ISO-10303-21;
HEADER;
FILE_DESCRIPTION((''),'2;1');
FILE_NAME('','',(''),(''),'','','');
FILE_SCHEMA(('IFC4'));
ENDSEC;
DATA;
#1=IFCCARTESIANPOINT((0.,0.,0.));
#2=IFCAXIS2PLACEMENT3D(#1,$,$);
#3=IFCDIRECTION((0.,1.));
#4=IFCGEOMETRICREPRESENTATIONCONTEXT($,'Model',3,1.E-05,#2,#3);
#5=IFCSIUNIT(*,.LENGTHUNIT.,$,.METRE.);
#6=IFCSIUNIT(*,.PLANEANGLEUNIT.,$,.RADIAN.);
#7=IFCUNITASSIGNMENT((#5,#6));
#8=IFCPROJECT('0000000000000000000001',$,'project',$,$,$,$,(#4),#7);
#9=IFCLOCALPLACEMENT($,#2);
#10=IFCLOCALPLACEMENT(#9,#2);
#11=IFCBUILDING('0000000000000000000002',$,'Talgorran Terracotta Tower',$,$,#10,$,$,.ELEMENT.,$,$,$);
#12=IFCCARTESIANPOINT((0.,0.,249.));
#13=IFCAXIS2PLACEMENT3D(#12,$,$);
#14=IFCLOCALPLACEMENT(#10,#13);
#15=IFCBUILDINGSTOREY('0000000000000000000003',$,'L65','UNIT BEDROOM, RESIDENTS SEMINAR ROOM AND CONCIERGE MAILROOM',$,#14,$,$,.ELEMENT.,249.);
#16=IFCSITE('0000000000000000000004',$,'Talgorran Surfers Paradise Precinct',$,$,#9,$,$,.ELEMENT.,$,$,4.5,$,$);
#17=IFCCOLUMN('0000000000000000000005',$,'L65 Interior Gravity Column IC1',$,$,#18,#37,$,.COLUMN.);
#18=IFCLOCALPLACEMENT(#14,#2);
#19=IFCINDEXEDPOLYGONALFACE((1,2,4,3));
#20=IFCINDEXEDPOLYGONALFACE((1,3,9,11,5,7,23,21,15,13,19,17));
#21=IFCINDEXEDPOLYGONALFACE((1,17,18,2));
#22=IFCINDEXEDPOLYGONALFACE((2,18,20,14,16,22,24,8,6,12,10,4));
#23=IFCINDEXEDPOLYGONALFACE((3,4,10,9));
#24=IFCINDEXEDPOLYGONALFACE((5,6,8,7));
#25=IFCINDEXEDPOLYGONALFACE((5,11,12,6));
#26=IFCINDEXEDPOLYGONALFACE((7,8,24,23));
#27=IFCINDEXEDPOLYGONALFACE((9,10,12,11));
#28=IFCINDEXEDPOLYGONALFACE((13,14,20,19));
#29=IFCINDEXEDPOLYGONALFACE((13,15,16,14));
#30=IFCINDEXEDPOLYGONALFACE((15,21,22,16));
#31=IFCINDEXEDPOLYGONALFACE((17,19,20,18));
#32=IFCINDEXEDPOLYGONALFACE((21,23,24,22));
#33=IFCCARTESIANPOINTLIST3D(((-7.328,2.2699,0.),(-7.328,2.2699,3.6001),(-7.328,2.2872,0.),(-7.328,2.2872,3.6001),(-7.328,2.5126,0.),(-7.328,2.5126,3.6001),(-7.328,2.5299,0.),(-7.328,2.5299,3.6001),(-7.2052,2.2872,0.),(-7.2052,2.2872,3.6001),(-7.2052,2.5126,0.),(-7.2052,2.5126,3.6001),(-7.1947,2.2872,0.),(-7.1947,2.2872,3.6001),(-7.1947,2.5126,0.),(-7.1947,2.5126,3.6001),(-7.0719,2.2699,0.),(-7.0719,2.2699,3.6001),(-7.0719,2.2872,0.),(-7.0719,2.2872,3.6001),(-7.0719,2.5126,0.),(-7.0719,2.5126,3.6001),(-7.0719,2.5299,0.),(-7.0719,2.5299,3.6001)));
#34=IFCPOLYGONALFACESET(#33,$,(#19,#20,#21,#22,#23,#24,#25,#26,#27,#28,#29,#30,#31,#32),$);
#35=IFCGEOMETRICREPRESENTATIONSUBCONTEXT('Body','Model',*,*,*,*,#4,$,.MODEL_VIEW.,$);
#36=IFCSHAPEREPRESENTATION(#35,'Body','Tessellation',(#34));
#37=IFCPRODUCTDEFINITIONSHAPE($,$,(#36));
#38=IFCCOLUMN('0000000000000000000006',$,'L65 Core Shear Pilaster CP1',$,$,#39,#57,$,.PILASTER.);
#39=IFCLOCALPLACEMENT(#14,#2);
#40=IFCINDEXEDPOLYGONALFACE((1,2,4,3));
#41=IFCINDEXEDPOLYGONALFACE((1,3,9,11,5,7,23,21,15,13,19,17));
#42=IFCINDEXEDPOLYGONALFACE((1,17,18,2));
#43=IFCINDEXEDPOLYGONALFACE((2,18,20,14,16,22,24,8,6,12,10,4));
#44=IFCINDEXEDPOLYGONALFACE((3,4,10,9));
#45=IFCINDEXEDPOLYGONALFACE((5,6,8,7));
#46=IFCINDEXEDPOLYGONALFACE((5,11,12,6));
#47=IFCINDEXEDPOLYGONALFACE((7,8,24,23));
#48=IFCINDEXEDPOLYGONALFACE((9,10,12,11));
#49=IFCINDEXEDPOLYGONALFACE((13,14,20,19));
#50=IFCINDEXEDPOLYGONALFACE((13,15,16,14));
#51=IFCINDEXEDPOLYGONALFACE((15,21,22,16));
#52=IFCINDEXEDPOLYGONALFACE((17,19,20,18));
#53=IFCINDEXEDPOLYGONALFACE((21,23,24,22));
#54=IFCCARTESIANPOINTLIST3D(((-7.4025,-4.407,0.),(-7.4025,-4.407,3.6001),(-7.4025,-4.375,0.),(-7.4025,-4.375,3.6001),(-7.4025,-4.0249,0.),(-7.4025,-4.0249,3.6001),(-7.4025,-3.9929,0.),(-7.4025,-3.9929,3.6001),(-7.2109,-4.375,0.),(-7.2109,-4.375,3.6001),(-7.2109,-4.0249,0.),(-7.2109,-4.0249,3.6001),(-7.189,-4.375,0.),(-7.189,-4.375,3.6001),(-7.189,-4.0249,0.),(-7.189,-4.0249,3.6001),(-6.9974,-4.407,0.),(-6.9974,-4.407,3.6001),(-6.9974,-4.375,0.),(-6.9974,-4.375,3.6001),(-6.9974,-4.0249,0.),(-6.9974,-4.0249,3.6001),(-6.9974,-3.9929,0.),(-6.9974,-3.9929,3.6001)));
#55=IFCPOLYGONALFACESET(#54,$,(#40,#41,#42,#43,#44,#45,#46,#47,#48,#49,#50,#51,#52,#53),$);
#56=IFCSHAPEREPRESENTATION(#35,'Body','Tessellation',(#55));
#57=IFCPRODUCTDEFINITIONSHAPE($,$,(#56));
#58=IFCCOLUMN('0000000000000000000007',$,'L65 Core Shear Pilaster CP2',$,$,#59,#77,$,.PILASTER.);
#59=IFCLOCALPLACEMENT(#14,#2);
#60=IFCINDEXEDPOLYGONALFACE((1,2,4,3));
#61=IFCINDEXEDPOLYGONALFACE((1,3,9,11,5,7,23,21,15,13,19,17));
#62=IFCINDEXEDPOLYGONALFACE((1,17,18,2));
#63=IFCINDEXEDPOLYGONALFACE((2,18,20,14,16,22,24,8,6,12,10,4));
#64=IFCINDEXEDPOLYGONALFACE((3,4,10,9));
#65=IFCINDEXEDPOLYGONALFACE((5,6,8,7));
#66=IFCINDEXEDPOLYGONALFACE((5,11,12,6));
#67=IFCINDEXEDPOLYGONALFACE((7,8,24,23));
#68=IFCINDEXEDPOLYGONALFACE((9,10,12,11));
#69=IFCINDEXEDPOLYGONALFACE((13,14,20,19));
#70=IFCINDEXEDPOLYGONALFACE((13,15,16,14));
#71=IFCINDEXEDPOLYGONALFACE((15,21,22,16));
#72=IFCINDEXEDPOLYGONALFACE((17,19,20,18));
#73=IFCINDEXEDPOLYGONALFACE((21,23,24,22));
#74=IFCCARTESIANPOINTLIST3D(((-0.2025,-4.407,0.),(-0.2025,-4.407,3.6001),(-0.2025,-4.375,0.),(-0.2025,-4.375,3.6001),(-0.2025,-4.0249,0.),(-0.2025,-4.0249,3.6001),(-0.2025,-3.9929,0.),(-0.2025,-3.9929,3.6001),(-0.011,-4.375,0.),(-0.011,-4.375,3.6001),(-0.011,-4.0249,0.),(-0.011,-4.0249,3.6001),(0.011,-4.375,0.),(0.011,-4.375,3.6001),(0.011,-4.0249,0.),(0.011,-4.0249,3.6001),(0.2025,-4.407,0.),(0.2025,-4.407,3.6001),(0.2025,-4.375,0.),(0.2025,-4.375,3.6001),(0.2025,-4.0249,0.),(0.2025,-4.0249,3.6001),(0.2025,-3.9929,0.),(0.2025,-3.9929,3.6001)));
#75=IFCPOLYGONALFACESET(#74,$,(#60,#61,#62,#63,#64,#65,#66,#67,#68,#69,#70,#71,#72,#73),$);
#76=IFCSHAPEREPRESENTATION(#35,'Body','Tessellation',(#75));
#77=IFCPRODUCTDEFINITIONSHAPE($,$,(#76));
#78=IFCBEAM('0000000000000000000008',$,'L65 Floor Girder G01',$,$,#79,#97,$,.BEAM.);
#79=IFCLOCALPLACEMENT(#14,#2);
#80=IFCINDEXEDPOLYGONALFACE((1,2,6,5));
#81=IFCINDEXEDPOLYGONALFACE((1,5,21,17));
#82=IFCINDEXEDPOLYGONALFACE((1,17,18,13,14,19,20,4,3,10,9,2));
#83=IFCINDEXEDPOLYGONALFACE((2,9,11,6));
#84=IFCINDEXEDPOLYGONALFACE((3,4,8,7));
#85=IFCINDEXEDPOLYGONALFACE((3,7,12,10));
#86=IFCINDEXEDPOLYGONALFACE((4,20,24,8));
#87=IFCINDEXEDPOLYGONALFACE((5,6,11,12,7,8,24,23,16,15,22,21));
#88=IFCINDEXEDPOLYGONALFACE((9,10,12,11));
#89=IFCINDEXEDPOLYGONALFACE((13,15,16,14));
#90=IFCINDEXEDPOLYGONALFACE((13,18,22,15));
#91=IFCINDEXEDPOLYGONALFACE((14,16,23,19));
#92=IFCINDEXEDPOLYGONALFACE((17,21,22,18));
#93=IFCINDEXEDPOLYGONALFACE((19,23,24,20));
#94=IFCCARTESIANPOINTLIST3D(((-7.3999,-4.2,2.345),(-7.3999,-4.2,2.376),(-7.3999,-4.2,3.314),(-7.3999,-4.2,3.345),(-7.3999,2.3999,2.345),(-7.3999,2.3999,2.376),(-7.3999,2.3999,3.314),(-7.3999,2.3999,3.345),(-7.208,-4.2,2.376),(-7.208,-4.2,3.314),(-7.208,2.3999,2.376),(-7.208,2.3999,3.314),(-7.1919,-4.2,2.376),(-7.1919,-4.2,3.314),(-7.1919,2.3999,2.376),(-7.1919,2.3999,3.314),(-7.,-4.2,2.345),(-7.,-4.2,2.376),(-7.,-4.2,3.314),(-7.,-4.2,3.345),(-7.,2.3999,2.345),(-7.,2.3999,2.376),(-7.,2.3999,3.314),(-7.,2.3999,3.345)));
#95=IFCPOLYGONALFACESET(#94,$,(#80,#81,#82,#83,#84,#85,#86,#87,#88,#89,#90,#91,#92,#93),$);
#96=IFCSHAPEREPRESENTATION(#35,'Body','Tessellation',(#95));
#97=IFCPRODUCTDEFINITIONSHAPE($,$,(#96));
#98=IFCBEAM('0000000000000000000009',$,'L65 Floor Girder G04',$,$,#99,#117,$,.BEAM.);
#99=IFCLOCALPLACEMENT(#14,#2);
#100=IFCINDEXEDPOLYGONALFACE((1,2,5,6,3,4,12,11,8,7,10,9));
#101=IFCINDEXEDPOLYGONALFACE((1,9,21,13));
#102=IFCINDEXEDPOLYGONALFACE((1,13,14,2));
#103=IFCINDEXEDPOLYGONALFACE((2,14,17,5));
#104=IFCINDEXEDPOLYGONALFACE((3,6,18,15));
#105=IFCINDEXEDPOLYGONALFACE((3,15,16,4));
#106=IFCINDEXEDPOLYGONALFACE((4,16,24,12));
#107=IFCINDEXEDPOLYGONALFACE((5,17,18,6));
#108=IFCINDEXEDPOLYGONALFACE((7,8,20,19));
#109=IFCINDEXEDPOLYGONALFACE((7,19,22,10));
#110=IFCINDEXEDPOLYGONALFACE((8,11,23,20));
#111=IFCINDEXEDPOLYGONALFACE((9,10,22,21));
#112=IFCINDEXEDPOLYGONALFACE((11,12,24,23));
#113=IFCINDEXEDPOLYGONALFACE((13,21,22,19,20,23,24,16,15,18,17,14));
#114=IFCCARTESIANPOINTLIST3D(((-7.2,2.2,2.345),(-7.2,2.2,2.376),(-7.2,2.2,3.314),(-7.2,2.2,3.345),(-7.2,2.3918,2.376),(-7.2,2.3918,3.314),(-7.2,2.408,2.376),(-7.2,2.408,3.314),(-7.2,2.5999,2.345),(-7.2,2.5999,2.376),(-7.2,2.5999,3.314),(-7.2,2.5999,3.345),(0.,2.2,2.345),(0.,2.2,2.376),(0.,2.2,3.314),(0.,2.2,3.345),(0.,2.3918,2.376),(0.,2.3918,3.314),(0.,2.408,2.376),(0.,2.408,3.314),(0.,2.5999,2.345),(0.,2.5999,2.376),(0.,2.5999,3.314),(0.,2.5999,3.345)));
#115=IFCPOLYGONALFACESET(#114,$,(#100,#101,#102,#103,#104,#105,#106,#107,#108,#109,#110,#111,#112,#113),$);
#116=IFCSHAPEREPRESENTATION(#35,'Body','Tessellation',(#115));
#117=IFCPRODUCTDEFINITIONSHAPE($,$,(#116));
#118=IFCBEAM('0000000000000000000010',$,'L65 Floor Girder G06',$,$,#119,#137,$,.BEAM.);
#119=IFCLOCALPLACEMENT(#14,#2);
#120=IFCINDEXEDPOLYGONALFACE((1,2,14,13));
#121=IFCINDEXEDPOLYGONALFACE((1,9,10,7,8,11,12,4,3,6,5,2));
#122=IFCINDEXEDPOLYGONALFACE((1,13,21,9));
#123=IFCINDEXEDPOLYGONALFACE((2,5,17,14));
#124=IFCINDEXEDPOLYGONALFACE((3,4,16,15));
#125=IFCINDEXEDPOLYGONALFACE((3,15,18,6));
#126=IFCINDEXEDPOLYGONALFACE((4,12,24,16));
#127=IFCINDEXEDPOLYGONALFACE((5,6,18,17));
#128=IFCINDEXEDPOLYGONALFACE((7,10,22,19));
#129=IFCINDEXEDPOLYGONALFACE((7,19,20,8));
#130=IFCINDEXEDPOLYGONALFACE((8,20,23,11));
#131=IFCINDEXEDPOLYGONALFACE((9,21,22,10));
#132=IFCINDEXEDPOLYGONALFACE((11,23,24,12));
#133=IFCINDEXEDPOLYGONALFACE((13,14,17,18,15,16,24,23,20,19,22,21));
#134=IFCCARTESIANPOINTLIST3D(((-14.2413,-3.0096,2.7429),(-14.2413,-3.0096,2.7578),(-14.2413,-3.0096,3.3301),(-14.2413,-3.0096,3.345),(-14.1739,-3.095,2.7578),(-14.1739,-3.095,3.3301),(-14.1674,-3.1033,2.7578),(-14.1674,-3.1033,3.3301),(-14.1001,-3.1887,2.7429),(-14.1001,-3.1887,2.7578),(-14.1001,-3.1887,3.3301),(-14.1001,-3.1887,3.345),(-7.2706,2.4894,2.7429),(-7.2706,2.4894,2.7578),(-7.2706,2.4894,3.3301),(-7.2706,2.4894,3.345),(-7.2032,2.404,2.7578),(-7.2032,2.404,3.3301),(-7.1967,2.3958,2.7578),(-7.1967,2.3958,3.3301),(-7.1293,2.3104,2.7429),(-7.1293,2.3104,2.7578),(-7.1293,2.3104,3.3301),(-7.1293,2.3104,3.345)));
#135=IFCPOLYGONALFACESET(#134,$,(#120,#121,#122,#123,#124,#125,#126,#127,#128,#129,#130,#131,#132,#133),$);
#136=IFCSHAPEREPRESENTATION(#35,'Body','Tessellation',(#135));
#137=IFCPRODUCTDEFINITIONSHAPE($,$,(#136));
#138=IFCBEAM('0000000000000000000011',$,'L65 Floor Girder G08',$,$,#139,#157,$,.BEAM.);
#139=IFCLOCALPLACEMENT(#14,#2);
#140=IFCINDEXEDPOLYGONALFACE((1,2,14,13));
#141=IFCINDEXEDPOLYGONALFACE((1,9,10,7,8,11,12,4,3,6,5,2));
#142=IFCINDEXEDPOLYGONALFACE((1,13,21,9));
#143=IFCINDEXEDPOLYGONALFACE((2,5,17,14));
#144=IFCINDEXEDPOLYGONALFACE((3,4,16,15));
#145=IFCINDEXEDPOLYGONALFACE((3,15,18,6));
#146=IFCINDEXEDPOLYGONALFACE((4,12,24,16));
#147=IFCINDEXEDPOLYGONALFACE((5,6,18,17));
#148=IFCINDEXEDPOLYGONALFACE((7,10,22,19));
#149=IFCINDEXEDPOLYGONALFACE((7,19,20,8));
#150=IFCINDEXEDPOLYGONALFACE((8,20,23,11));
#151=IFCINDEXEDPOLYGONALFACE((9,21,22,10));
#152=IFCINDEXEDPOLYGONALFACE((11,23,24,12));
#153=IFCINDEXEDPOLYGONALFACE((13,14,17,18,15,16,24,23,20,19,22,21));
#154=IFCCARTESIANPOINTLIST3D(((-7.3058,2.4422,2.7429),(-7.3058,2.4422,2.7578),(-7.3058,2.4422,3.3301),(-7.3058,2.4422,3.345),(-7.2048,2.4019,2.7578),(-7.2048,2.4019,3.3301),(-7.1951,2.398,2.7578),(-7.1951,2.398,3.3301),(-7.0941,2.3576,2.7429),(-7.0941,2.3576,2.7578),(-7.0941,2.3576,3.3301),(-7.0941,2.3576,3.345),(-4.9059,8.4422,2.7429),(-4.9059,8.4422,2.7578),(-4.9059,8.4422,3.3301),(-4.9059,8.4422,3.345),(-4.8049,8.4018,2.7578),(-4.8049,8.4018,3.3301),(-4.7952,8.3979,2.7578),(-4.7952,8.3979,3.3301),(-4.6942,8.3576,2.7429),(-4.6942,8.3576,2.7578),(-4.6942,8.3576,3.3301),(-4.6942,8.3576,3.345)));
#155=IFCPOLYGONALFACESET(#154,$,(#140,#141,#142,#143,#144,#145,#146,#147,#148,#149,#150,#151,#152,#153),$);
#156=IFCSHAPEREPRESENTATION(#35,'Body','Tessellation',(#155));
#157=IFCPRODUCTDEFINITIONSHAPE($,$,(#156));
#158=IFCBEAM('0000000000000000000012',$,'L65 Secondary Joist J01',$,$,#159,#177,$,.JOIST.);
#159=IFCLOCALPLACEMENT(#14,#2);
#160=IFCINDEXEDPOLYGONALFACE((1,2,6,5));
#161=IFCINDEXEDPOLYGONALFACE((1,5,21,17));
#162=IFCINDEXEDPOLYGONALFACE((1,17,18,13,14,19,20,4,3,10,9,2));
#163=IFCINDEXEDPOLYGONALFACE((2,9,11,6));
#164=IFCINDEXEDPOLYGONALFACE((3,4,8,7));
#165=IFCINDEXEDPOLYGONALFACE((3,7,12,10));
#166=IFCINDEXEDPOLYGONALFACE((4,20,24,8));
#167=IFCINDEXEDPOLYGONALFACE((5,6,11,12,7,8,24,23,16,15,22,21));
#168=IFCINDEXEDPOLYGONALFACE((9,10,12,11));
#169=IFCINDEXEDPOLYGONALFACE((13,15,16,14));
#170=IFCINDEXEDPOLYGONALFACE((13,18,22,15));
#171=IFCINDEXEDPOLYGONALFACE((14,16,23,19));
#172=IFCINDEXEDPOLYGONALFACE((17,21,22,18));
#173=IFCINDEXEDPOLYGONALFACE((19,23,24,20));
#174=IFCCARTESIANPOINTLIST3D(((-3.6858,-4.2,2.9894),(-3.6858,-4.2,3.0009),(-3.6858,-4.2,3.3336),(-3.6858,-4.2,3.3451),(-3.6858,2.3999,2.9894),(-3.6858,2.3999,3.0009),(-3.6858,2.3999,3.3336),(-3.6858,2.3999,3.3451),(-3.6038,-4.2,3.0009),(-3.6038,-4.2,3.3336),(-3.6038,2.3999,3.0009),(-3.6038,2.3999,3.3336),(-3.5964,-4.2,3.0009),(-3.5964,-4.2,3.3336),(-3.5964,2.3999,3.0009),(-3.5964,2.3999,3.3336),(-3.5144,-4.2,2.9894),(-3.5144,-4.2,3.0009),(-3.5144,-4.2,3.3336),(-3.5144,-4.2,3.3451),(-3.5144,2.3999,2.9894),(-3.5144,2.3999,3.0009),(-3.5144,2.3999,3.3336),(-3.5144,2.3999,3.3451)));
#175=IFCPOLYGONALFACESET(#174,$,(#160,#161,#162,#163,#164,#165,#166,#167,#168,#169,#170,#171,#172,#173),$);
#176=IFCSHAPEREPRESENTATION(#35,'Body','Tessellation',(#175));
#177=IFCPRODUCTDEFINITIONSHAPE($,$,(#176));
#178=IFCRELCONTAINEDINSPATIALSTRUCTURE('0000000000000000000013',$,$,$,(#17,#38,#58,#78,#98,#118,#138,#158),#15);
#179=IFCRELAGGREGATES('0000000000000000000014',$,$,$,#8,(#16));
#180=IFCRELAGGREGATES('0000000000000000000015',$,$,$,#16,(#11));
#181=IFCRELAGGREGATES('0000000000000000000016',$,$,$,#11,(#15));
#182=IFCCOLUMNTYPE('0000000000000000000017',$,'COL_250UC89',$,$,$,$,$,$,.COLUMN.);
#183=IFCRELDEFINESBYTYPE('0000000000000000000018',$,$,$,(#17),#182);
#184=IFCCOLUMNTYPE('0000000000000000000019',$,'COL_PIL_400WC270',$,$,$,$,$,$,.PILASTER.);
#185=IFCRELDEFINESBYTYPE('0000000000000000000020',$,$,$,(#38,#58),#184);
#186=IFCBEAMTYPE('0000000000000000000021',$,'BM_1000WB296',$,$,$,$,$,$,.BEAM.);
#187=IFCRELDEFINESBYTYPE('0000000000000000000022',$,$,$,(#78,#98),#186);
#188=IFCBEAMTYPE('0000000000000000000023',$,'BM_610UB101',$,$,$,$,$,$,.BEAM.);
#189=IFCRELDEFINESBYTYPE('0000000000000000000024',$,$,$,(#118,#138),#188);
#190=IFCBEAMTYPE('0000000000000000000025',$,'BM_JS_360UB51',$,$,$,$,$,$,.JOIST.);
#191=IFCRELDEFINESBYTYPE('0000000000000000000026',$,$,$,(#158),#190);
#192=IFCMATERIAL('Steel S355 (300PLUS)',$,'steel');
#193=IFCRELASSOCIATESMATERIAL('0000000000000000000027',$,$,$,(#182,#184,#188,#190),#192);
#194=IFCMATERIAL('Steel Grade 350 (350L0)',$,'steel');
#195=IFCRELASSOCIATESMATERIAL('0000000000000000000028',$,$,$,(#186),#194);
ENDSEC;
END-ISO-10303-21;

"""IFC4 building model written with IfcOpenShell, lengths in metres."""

from ifc_helpers import new_model, si_unit, direction, frame, origin, origin_2d, place, context, subcontext, project, spatial, i_section, extrude, material, material_profile, profile_set, type_object, element, save


model = new_model("IFC4")

# Units and contexts
model_context = context("Model", 3, precision=1e-05, world=origin(), true_north=direction((0.0, 1.0)))
body_context = subcontext(model_context, "Body", "Model", "MODEL_VIEW")
ifc_project = project(units=[si_unit("LENGTHUNIT", "METRE"), si_unit("PLANEANGLEUNIT", "RADIAN")], contexts=[model_context])

# Site, building, storey
site_placement = place(None, origin())
site = spatial("IfcSite", under=ifc_project, at=site_placement, Name="Talgorran Surfers Paradise Precinct", CompositionType="ELEMENT", RefElevation=4.5)
building_placement = place(site_placement, origin())
building = spatial("IfcBuilding", under=site, at=building_placement, Name="Talgorran Terracotta Tower", CompositionType="ELEMENT")
storey_placement = place(building_placement, frame((0.0, 0.0, 249.0)))
storey = spatial("IfcBuildingStorey", under=building, at=storey_placement, Name="L65", Description="UNIT BEDROOM, RESIDENTS SEMINAR ROOM AND CONCIERGE MAILROOM", CompositionType="ELEMENT", Elevation=249.0)

# Columns
ifc_material_1 = material(Name="Steel S355 (300PLUS)", Category="steel")
ifc_material_profile_1 = material_profile(ifc_material_1, i_section(OverallWidth=0.2561, OverallDepth=0.26, WebThickness=0.0105, FlangeThickness=0.0173, at=origin_2d()), Name="250UC89.5")
ifc_profile_set_1 = profile_set([ifc_material_profile_1], Name="Steel S355 (300PLUS)")
column_type_1 = type_object("IfcColumnType", Name="COL_250UC89", PredefinedType="COLUMN", material=ifc_profile_set_1)
column_placement = place(storey_placement, frame((-7.2, 2.3999, 0.0), z_axis=(0.0, 0.0, 1.0), x_axis=(1.0, 0.0, 0.0)))
element("IfcColumn", 1, at=column_placement, inside=storey, type_object=column_type_1, Name="L65 Interior Gravity Column IC1", PredefinedType="COLUMN", context=body_context, shape_type="SweptSolid", body=[
    extrude(i_section(OverallWidth=0.2561, OverallDepth=0.26, WebThickness=0.0105, FlangeThickness=0.0173, at=origin_2d()), origin(), (0.0, 0.0, 1.0), 3.6001),
])
ifc_material_profile_2 = material_profile(ifc_material_1, i_section(OverallWidth=0.405, OverallDepth=0.4141, WebThickness=0.022, FlangeThickness=0.032, at=origin_2d()), Name="400WC270")
ifc_profile_set_2 = profile_set([ifc_material_profile_2], Name="Steel S355 (300PLUS)")
column_type_2 = type_object("IfcColumnType", Name="COL_PIL_400WC270", PredefinedType="PILASTER", material=ifc_profile_set_2)
for number, where, z_axis, x_axis, name in (
    (2, (-7.2, -4.2, 0.0), (0.0, 0.0, 1.0), (1.0, 0.0, 0.0), "L65 Core Shear Pilaster CP1"),
    (3, (0.0, -4.2, 0.0), (0.0, 0.0, 1.0), (1.0, 0.0, 0.0), "L65 Core Shear Pilaster CP2"),
):
    element("IfcColumn", number, at=place(storey_placement, frame(where, z_axis=z_axis, x_axis=x_axis)), inside=storey, type_object=column_type_2, Name=name, PredefinedType="PILASTER", context=body_context, shape_type="SweptSolid", body=[
        extrude(i_section(OverallWidth=0.405, OverallDepth=0.4141, WebThickness=0.022, FlangeThickness=0.032, at=origin_2d()), origin(), (0.0, 0.0, 1.0), 3.6001),
    ])

# Beams
ifc_material_2 = material(Name="Steel Grade 350 (350L0)", Category="steel")
ifc_material_profile_3 = material_profile(ifc_material_2, i_section(OverallWidth=0.3999, OverallDepth=1.0, WebThickness=0.0161, FlangeThickness=0.031, at=origin_2d()), Name="1000WB296")
ifc_profile_set_3 = profile_set([ifc_material_profile_3], Name="Steel Grade 350 (350L0)")
beam_type_1 = type_object("IfcBeamType", Name="BM_1000WB296", PredefinedType="BEAM", material=ifc_profile_set_3)
beam_1_placement = place(storey_placement, frame((-7.2, -4.2, 2.845), z_axis=(0.0, 1.0, 0.0), x_axis=(-1.0, 0.0, 0.0)))
element("IfcBeam", 4, at=beam_1_placement, inside=storey, type_object=beam_type_1, Name="L65 Floor Girder G01", PredefinedType="BEAM", context=body_context, shape_type="SweptSolid", body=[
    extrude(i_section(OverallWidth=0.3999, OverallDepth=1.0, WebThickness=0.0161, FlangeThickness=0.031, at=origin_2d()), origin(), (0.0, 0.0, 1.0), 6.5999),
])
beam_2_placement = place(storey_placement, frame((-7.2, 2.3999, 2.845), z_axis=(1.0, 0.0, 0.0), x_axis=(0.0, 1.0, 0.0)))
element("IfcBeam", 5, at=beam_2_placement, inside=storey, type_object=beam_type_1, Name="L65 Floor Girder G04", PredefinedType="BEAM", context=body_context, shape_type="SweptSolid", body=[
    extrude(i_section(OverallWidth=0.3999, OverallDepth=1.0, WebThickness=0.0161, FlangeThickness=0.031, at=origin_2d()), origin(), (0.0, 0.0, 1.0), 7.2),
])
ifc_material_profile_4 = material_profile(ifc_material_1, i_section(OverallWidth=0.228, OverallDepth=0.6021, WebThickness=0.0105, FlangeThickness=0.0149, at=origin_2d()), Name="610UB101")
ifc_profile_set_4 = profile_set([ifc_material_profile_4], Name="Steel S355 (300PLUS)")
beam_type_2 = type_object("IfcBeamType", Name="BM_610UB101", PredefinedType="BEAM", material=ifc_profile_set_4)
beam_3_placement = place(storey_placement, frame((-7.2, 2.3999, 3.0439), z_axis=(-0.785111, -0.619355, 0.0), x_axis=(0.619355, -0.785111, 0.0)))
element("IfcBeam", 6, at=beam_3_placement, inside=storey, type_object=beam_type_2, Name="L65 Floor Girder G06", PredefinedType="BEAM", context=body_context, shape_type="SweptSolid", body=[
    extrude(i_section(OverallWidth=0.228, OverallDepth=0.6021, WebThickness=0.0105, FlangeThickness=0.0149, at=origin_2d()), origin(), (0.0, 0.0, 1.0), 8.8787),
])
beam_4_placement = place(storey_placement, frame((-7.2, 2.3999, 3.0439), z_axis=(0.371378, 0.928482, 0.0), x_axis=(-0.928482, 0.371378, 0.0)))
element("IfcBeam", 7, at=beam_4_placement, inside=storey, type_object=beam_type_2, Name="L65 Floor Girder G08", PredefinedType="BEAM", context=body_context, shape_type="SweptSolid", body=[
    extrude(i_section(OverallWidth=0.228, OverallDepth=0.6021, WebThickness=0.0105, FlangeThickness=0.0149, at=origin_2d()), origin(), (0.0, 0.0, 1.0), 6.4622),
])
ifc_material_profile_5 = material_profile(ifc_material_1, i_section(OverallWidth=0.1714, OverallDepth=0.3557, WebThickness=0.0073, FlangeThickness=0.0115, at=origin_2d()), Name="360UB50.7")
ifc_profile_set_5 = profile_set([ifc_material_profile_5], Name="Steel S355 (300PLUS)")
beam_type_3 = type_object("IfcBeamType", Name="BM_JS_360UB51", PredefinedType="JOIST", material=ifc_profile_set_5)
beam_5_placement = place(storey_placement, frame((-3.6001, -4.2, 3.1672), z_axis=(0.0, 1.0, 0.0), x_axis=(-1.0, 0.0, 0.0)))
element("IfcBeam", 8, at=beam_5_placement, inside=storey, type_object=beam_type_3, Name="L65 Secondary Joist J01", PredefinedType="JOIST", context=body_context, shape_type="SweptSolid", body=[
    extrude(i_section(OverallWidth=0.1714, OverallDepth=0.3557, WebThickness=0.0073, FlangeThickness=0.0115, at=origin_2d()), origin(), (0.0, 0.0, 1.0), 6.5999),
])

save(model, "model.ifc")
